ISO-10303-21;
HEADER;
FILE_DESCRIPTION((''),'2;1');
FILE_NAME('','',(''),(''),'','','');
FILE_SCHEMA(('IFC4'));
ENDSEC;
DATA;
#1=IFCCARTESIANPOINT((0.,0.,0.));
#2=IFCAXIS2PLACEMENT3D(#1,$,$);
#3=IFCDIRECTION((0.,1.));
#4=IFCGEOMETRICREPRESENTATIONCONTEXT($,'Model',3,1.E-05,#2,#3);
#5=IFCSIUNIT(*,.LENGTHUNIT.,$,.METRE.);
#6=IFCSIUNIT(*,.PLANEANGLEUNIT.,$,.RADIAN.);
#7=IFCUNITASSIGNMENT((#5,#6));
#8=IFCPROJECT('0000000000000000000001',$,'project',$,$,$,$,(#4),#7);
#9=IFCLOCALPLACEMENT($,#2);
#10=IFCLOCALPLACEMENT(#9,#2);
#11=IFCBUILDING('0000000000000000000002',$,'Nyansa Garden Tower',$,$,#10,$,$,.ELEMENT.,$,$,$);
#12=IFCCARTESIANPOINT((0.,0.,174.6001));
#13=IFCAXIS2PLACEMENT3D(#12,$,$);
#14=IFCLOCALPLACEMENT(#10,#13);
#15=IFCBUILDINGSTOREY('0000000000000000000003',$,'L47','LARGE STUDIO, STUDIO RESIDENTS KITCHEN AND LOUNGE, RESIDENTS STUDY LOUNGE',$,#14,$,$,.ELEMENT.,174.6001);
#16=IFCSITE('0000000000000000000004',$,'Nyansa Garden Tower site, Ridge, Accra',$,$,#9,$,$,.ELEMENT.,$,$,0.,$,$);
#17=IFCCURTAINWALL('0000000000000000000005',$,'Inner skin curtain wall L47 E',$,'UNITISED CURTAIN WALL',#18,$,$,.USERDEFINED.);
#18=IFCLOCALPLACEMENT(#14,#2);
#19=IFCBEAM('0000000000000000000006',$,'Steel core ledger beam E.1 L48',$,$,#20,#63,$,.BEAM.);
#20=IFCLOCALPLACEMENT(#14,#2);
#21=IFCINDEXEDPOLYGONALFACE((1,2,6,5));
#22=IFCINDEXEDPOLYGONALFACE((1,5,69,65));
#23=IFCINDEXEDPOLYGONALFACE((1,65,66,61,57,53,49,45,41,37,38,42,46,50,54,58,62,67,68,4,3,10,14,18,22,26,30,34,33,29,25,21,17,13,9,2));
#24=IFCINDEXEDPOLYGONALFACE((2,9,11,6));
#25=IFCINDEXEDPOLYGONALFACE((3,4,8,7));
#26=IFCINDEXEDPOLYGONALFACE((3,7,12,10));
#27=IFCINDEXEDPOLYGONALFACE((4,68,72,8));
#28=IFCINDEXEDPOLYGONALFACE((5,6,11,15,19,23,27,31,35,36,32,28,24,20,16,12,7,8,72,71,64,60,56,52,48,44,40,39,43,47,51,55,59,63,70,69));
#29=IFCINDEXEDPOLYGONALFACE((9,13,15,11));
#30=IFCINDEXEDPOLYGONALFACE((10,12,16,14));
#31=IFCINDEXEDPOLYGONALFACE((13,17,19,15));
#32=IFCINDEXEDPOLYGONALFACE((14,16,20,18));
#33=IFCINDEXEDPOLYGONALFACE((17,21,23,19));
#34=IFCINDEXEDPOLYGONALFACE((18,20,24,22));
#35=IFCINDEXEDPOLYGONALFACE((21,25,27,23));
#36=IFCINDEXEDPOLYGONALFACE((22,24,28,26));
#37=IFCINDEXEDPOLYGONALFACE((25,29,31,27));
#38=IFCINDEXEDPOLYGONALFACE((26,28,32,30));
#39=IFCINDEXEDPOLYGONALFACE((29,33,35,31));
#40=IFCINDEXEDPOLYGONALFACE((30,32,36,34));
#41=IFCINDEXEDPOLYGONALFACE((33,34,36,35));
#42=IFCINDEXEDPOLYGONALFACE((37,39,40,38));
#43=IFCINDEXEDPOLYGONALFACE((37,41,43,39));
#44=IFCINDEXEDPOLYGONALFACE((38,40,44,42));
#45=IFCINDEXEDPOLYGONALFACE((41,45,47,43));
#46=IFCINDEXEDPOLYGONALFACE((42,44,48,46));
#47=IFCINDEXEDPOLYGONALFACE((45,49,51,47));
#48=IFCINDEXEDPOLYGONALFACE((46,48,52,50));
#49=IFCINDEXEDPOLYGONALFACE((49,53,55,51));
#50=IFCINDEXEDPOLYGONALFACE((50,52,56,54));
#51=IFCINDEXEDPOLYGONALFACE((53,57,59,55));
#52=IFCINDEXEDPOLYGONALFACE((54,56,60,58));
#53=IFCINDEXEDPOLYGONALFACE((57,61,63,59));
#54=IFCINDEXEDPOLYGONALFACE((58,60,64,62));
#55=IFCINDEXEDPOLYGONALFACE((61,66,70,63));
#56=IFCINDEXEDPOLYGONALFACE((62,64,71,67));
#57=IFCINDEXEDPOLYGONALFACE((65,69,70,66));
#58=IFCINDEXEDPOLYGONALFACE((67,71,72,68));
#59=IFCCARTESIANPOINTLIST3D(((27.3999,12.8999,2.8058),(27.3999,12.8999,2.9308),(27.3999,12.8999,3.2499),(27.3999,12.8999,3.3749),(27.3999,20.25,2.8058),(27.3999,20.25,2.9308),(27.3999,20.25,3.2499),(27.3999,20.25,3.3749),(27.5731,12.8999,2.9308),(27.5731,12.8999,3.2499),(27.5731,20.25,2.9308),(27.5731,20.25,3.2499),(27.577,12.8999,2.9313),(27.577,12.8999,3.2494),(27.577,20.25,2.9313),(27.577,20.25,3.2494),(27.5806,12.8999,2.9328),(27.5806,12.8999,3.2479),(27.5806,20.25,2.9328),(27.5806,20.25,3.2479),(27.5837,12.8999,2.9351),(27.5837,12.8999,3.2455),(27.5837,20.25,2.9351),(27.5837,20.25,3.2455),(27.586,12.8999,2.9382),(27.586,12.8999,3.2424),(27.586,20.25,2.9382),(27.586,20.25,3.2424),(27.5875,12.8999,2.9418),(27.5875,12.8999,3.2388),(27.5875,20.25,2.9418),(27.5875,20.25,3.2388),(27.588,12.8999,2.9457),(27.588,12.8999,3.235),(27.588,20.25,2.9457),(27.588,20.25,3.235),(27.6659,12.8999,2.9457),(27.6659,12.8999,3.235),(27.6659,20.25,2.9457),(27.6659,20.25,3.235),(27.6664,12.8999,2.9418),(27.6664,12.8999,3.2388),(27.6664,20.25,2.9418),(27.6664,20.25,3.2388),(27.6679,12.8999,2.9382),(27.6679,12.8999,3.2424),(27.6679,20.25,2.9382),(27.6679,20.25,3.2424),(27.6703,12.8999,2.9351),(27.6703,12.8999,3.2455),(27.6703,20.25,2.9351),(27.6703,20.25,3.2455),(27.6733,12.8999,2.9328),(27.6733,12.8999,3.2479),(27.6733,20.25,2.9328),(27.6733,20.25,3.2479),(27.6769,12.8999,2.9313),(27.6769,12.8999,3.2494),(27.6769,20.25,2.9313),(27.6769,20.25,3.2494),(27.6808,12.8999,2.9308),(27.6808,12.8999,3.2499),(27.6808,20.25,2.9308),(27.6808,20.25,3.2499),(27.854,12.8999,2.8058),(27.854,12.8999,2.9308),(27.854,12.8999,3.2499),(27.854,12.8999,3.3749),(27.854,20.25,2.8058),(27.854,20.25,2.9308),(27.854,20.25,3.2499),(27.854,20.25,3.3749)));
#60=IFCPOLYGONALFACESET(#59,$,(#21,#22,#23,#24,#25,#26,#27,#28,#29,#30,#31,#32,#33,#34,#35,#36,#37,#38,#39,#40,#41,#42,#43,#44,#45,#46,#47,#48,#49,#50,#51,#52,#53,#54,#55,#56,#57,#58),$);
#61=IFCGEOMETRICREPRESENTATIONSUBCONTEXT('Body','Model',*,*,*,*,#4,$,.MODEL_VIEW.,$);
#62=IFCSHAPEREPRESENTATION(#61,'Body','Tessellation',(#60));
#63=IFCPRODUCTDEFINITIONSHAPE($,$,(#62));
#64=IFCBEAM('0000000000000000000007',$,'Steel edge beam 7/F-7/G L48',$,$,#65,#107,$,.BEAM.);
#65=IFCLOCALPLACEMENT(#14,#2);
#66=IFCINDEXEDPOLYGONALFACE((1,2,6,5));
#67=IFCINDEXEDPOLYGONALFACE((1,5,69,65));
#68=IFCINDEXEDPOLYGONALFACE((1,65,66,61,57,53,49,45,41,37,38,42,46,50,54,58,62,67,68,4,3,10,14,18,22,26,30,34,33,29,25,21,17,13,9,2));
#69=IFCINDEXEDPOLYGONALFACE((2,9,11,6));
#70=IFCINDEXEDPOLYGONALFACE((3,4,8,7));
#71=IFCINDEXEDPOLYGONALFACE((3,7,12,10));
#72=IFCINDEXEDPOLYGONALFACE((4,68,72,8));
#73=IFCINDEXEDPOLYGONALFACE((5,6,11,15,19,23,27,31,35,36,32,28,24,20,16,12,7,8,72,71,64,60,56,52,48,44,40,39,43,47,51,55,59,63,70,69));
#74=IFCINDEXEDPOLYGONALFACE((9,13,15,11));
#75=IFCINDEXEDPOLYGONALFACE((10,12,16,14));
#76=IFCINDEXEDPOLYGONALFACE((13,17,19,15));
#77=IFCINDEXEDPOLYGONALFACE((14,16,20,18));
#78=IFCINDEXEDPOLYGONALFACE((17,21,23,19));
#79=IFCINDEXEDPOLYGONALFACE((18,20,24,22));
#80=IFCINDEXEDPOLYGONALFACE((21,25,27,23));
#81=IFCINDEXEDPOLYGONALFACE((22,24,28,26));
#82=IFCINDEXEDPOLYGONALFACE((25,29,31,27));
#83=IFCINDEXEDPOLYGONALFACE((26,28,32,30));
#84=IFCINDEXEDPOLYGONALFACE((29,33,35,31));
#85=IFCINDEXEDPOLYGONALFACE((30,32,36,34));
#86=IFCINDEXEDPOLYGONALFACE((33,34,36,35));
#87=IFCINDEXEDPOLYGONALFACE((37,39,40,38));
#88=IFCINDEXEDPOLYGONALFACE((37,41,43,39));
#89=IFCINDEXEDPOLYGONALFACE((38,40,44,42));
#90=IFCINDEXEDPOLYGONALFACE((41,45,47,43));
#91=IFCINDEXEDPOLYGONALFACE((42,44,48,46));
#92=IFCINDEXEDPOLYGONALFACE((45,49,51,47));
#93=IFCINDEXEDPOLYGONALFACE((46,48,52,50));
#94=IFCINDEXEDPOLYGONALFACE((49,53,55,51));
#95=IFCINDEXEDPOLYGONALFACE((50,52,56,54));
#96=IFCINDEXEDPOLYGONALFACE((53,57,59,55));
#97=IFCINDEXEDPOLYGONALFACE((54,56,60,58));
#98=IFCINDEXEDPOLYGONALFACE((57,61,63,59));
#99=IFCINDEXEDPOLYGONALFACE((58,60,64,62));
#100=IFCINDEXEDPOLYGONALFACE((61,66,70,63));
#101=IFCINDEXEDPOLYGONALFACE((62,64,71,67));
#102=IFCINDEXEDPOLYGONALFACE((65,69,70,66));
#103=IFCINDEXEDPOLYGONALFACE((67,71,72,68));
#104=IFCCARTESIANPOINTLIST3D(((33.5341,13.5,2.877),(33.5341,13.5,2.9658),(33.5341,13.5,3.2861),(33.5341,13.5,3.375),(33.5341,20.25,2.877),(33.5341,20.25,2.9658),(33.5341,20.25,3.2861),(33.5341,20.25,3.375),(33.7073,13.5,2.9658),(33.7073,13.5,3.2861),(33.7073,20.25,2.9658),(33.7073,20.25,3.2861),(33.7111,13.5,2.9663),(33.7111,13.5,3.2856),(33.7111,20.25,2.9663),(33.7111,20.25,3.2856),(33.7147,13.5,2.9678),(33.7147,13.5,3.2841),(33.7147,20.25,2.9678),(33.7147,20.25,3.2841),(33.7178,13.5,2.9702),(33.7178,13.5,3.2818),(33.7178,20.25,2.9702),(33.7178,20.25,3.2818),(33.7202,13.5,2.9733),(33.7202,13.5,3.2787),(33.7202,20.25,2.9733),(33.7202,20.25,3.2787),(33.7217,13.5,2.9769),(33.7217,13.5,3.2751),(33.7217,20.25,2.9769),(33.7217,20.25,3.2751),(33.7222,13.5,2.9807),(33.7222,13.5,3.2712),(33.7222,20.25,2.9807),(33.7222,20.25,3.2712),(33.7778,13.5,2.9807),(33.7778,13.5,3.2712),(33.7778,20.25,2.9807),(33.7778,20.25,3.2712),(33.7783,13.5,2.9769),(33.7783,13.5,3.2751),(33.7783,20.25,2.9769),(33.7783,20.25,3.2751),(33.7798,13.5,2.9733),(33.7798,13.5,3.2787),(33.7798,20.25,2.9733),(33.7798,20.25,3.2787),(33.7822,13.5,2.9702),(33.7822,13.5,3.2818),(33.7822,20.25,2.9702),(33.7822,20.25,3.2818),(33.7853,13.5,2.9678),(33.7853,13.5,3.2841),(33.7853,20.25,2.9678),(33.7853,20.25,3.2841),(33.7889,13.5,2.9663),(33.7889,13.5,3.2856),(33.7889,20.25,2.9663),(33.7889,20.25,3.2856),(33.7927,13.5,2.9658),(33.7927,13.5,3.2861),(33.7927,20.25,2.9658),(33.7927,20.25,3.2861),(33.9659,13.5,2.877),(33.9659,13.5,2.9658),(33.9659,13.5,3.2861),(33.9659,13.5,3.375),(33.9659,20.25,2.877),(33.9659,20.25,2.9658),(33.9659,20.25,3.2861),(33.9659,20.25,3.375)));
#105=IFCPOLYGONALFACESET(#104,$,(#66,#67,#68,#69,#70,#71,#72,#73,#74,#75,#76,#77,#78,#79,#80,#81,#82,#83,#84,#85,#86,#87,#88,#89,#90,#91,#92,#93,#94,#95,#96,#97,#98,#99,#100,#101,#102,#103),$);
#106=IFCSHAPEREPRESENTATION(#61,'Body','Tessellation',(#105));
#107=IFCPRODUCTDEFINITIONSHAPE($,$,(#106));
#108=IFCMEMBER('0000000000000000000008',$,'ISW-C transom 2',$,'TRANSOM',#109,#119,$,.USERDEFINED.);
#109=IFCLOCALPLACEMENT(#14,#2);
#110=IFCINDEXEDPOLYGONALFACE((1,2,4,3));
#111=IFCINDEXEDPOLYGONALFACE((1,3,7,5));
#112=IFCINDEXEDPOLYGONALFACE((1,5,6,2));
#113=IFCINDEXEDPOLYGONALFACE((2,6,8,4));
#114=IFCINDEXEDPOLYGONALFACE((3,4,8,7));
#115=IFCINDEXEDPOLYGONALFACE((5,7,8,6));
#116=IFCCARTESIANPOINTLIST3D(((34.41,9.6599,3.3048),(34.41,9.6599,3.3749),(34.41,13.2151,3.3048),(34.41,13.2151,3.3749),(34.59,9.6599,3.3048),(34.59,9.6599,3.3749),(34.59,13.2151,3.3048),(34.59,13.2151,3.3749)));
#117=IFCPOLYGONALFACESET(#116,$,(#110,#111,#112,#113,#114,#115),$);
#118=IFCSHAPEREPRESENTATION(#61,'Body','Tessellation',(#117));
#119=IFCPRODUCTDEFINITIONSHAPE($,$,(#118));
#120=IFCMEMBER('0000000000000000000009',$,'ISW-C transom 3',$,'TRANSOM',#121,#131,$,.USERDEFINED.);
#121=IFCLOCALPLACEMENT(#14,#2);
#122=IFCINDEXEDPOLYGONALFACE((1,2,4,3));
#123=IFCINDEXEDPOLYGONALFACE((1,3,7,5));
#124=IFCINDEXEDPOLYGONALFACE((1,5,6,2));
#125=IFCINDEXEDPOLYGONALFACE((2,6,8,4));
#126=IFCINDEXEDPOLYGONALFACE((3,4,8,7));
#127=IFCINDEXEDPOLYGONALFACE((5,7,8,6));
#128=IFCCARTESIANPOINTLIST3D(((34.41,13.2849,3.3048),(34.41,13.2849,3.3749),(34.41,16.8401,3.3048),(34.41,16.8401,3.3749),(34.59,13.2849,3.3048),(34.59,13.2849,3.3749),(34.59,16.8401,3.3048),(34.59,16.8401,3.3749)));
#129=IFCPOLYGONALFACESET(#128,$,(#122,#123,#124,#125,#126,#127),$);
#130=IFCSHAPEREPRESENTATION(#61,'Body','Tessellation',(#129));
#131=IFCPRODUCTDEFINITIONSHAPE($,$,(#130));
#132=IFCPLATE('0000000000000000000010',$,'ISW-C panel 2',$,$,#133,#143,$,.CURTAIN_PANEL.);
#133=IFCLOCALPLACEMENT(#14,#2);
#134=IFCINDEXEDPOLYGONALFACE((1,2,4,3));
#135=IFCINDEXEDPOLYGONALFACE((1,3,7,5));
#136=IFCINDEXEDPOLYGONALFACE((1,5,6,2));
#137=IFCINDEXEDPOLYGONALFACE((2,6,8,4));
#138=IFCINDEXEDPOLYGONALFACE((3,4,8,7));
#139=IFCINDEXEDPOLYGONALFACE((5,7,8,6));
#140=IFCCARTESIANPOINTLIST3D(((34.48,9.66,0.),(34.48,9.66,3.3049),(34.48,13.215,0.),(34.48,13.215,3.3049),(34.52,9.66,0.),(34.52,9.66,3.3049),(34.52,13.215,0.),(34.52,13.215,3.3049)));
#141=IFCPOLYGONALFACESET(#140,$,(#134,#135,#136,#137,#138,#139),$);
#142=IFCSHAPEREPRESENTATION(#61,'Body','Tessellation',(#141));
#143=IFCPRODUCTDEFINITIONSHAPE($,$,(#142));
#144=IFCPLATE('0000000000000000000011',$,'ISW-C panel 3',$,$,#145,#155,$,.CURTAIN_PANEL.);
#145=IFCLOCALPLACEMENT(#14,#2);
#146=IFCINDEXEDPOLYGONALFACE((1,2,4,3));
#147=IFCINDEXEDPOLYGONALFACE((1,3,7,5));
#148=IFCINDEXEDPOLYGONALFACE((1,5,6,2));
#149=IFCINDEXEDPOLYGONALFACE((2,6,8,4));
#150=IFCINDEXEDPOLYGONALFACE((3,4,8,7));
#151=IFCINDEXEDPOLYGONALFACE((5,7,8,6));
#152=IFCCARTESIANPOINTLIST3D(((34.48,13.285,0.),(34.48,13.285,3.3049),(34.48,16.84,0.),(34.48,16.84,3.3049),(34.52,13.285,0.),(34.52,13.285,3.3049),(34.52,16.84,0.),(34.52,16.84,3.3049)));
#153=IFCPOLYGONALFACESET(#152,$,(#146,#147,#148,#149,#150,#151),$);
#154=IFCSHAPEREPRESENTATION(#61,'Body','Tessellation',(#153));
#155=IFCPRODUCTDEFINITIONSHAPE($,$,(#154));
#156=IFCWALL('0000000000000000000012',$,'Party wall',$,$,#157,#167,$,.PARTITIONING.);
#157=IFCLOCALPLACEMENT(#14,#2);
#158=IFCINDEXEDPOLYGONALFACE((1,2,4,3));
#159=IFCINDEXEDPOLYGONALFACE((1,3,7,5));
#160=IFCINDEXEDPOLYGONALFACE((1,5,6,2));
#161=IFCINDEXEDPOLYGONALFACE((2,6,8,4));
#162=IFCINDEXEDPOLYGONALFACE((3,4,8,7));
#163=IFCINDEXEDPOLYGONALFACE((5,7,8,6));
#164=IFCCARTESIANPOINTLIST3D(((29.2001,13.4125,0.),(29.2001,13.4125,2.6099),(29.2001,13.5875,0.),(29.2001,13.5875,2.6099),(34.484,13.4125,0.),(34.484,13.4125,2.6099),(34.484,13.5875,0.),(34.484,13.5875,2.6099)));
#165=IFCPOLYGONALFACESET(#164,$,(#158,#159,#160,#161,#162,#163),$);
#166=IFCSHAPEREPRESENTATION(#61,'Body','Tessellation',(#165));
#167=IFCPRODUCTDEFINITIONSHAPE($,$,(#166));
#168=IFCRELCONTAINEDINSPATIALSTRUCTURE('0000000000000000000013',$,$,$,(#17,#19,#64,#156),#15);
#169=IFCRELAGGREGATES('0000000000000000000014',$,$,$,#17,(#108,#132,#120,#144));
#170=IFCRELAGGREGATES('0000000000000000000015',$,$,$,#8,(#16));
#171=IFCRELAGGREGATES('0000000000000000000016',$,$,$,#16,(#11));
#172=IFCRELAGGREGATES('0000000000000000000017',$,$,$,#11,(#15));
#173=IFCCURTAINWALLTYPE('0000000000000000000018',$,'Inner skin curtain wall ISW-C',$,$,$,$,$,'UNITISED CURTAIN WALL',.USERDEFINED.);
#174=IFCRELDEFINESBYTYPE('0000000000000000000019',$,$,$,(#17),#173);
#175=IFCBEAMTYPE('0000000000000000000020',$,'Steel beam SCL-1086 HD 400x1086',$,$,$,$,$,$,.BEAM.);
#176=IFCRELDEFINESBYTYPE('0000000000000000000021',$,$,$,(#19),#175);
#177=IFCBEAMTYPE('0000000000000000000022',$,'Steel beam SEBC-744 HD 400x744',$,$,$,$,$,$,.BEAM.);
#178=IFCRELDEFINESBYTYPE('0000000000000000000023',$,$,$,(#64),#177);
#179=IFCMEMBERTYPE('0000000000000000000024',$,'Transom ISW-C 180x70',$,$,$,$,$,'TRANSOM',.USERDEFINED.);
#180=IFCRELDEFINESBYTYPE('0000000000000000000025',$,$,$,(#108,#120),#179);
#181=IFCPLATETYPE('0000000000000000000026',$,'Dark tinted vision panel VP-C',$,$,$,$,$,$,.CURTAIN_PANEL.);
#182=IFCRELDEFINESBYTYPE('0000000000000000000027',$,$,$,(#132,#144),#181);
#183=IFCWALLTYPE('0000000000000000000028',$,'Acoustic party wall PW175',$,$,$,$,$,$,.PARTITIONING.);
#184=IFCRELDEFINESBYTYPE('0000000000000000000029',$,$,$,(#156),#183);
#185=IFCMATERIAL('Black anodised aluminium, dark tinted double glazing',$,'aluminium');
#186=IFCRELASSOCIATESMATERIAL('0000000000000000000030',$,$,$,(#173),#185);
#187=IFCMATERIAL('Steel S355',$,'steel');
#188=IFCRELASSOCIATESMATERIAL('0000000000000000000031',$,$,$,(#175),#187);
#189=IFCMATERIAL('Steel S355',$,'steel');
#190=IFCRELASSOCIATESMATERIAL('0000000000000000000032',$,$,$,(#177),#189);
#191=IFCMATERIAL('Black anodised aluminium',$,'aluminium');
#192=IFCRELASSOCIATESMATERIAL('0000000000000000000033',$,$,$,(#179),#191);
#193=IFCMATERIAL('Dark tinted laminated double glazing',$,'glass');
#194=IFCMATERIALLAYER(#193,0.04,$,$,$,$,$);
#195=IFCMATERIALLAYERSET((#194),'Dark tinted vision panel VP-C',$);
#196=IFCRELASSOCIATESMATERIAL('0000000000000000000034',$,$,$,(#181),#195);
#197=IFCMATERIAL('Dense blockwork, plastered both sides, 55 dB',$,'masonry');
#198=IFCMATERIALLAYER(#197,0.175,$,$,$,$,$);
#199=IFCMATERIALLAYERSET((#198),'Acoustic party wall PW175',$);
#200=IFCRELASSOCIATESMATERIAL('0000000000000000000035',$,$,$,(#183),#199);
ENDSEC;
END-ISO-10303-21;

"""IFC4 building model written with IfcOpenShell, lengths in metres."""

from ifc_helpers import new_model, si_unit, direction, frame, frame_2d, origin, origin_2d, place, context, subcontext, project, spatial, rectangle, i_section, extrude, material, layer, layer_set, material_profile, profile_set, type_object, element, aggregate, save


model = new_model("IFC4")

# Units and contexts
model_context = context("Model", 3, precision=1e-05, world=origin(), true_north=direction((0.0, 1.0)))
body_context = subcontext(model_context, "Body", "Model", "MODEL_VIEW")
ifc_project = project(units=[si_unit("LENGTHUNIT", "METRE"), si_unit("PLANEANGLEUNIT", "RADIAN")], contexts=[model_context])

# Site, building, storey
site_placement = place(None, origin())
site = spatial("IfcSite", under=ifc_project, at=site_placement, Name="Nyansa Garden Tower site, Ridge, Accra", CompositionType="ELEMENT", RefElevation=0.0)
building_placement = place(site_placement, origin())
building = spatial("IfcBuilding", under=site, at=building_placement, Name="Nyansa Garden Tower", CompositionType="ELEMENT")
storey_placement = place(building_placement, frame((0.0, 0.0, 174.6001)))
storey = spatial("IfcBuildingStorey", under=building, at=storey_placement, Name="L47", Description="LARGE STUDIO, STUDIO RESIDENTS KITCHEN AND LOUNGE, RESIDENTS STUDY LOUNGE", CompositionType="ELEMENT", Elevation=174.6001)

# Curtain wall
ifc_material_1 = material(Name="Black anodised aluminium, dark tinted double glazing", Category="aluminium")
curtain_wall_type = type_object("IfcCurtainWallType", Name="Inner skin curtain wall ISW-C", ElementType="UNITISED CURTAIN WALL", PredefinedType="USERDEFINED", material=ifc_material_1)
curtain_wall_placement = place(storey_placement, origin())
curtain_wall = element("IfcCurtainWall", 1, at=curtain_wall_placement, inside=storey, type_object=curtain_wall_type, Name="Inner skin curtain wall L47 E", ObjectType="UNITISED CURTAIN WALL", PredefinedType="USERDEFINED")

# Beams
ifc_material_2 = material(Name="Steel S355", Category="steel")
ifc_material_profile_1 = material_profile(ifc_material_2, i_section(OverallWidth=0.4541, OverallDepth=0.5691, WebThickness=0.0779, FlangeThickness=0.125, FilletRadius=0.0149, at=origin_2d()), Name="HD 400x1086")
ifc_profile_set_1 = profile_set([ifc_material_profile_1], Name="Steel S355")
beam_type_1 = type_object("IfcBeamType", Name="Steel beam SCL-1086 HD 400x1086", PredefinedType="BEAM", material=ifc_profile_set_1)
beam_1_placement = place(storey_placement, frame((27.627, 12.8999, 3.0903), z_axis=(0.0, 1.0, 0.0), x_axis=(-1.0, 0.0, 0.0)))
element("IfcBeam", 2, at=beam_1_placement, inside=storey, type_object=beam_type_1, Name="Steel core ledger beam E.1 L48", PredefinedType="BEAM", context=body_context, shape_type="SweptSolid", body=[
    extrude(i_section(OverallWidth=0.4541, OverallDepth=0.5691, WebThickness=0.0779, FlangeThickness=0.125, FilletRadius=0.0149, at=origin_2d()), origin(), (0.0, 0.0, 1.0), 7.3501),
])
ifc_material_3 = material(Name="Steel S355", Category="steel")
ifc_material_profile_2 = material_profile(ifc_material_3, i_section(OverallWidth=0.4319, OverallDepth=0.498, WebThickness=0.0557, FlangeThickness=0.0889, FilletRadius=0.0149, at=origin_2d()), Name="HD 400x744")
ifc_profile_set_2 = profile_set([ifc_material_profile_2], Name="Steel S355")
beam_type_2 = type_object("IfcBeamType", Name="Steel beam SEBC-744 HD 400x744", PredefinedType="BEAM", material=ifc_profile_set_2)
beam_2_placement = place(storey_placement, frame((33.75, 13.5, 3.126), z_axis=(0.0, 1.0, 0.0), x_axis=(-1.0, 0.0, 0.0)))
element("IfcBeam", 3, at=beam_2_placement, inside=storey, type_object=beam_type_2, Name="Steel edge beam 7/F-7/G L48", PredefinedType="BEAM", context=body_context, shape_type="SweptSolid", body=[
    extrude(i_section(OverallWidth=0.4319, OverallDepth=0.498, WebThickness=0.0557, FlangeThickness=0.0889, FilletRadius=0.0149, at=origin_2d()), origin(), (0.0, 0.0, 1.0), 6.75),
])

# Members
ifc_material_4 = material(Name="Black anodised aluminium", Category="aluminium")
ifc_material_profile_3 = material_profile(ifc_material_4, rectangle(XDim=0.1799, YDim=0.0701, at=origin_2d()), Name="Transom 180x70")
ifc_profile_set_3 = profile_set([ifc_material_profile_3], Name="Black anodised aluminium")
member_type_1 = type_object("IfcMemberType", Name="Transom ISW-C 180x70", ElementType="TRANSOM", PredefinedType="USERDEFINED", material=ifc_profile_set_3)
member_1_placement = place(storey_placement, frame((34.5, 9.6599, 3.3398), z_axis=(0.0, 1.0, 0.0), x_axis=(-1.0, 0.0, 0.0)))
member_1 = element("IfcMember", 4, at=member_1_placement, type_object=member_type_1, Name="ISW-C transom 2", ObjectType="TRANSOM", PredefinedType="USERDEFINED", context=body_context, shape_type="SweptSolid", body=[
    extrude(rectangle(XDim=0.1799, YDim=0.0701, at=origin_2d()), origin(), (0.0, 0.0, 1.0), 3.5552),
])
member_2_placement = place(storey_placement, frame((34.5, 13.2849, 3.3398), z_axis=(0.0, 1.0, 0.0), x_axis=(-1.0, 0.0, 0.0)))
member_2 = element("IfcMember", 5, at=member_2_placement, type_object=member_type_1, Name="ISW-C transom 3", ObjectType="TRANSOM", PredefinedType="USERDEFINED", context=body_context, shape_type="SweptSolid", body=[
    extrude(rectangle(XDim=0.1799, YDim=0.0701, at=origin_2d()), origin(), (0.0, 0.0, 1.0), 3.5552),
])

# Plates
ifc_material_5 = material(Name="Dark tinted laminated double glazing", Category="glass")
ifc_layer_1 = layer(ifc_material_5, 0.04)
ifc_layer_set_1 = layer_set([ifc_layer_1], Name="Dark tinted vision panel VP-C")
plate_type = type_object("IfcPlateType", Name="Dark tinted vision panel VP-C", PredefinedType="CURTAIN_PANEL", material=ifc_layer_set_1)
plate_1_placement = place(storey_placement, frame((34.5, 11.4375, 0.0), z_axis=(0.0, 0.0, 1.0), x_axis=(0.0, 1.0, 0.0)))
plate_1 = element("IfcPlate", 6, at=plate_1_placement, type_object=plate_type, Name="ISW-C panel 2", PredefinedType="CURTAIN_PANEL", context=body_context, shape_type="SweptSolid", body=[
    extrude(rectangle(XDim=3.5549, YDim=0.04, at=origin_2d()), origin(), (0.0, 0.0, 1.0), 3.3049),
])
plate_2_placement = place(storey_placement, frame((34.5, 15.0625, 0.0), z_axis=(0.0, 0.0, 1.0), x_axis=(0.0, 1.0, 0.0)))
plate_2 = element("IfcPlate", 7, at=plate_2_placement, type_object=plate_type, Name="ISW-C panel 3", PredefinedType="CURTAIN_PANEL", context=body_context, shape_type="SweptSolid", body=[
    extrude(rectangle(XDim=3.5549, YDim=0.04, at=origin_2d()), origin(), (0.0, 0.0, 1.0), 3.3049),
])
aggregate(curtain_wall, [member_1, plate_1, member_2, plate_2])

# Wall
ifc_material_6 = material(Name="Dense blockwork, plastered both sides, 55 dB", Category="masonry")
ifc_layer_2 = layer(ifc_material_6, 0.175)
ifc_layer_set_2 = layer_set([ifc_layer_2], Name="Acoustic party wall PW175")
wall_type_1 = type_object("IfcWallType", Name="Acoustic party wall PW175", PredefinedType="PARTITIONING", material=ifc_layer_set_2)
wall_1_placement = place(storey_placement, frame((29.2, 13.5, 0.0), z_axis=(0.0, 0.0, 1.0), x_axis=(1.0, 0.0, 0.0)))
element("IfcWall", 8, at=wall_1_placement, inside=storey, type_object=wall_type_1, Name="Party wall", PredefinedType="PARTITIONING", context=body_context, shape_type="SweptSolid", body=[
    extrude(rectangle(XDim=5.2839, YDim=0.175, at=frame_2d((2.6421, 0.0))), origin(), (0.0, 0.0, 1.0), 2.6099),
])

save(model, "model.ifc")
